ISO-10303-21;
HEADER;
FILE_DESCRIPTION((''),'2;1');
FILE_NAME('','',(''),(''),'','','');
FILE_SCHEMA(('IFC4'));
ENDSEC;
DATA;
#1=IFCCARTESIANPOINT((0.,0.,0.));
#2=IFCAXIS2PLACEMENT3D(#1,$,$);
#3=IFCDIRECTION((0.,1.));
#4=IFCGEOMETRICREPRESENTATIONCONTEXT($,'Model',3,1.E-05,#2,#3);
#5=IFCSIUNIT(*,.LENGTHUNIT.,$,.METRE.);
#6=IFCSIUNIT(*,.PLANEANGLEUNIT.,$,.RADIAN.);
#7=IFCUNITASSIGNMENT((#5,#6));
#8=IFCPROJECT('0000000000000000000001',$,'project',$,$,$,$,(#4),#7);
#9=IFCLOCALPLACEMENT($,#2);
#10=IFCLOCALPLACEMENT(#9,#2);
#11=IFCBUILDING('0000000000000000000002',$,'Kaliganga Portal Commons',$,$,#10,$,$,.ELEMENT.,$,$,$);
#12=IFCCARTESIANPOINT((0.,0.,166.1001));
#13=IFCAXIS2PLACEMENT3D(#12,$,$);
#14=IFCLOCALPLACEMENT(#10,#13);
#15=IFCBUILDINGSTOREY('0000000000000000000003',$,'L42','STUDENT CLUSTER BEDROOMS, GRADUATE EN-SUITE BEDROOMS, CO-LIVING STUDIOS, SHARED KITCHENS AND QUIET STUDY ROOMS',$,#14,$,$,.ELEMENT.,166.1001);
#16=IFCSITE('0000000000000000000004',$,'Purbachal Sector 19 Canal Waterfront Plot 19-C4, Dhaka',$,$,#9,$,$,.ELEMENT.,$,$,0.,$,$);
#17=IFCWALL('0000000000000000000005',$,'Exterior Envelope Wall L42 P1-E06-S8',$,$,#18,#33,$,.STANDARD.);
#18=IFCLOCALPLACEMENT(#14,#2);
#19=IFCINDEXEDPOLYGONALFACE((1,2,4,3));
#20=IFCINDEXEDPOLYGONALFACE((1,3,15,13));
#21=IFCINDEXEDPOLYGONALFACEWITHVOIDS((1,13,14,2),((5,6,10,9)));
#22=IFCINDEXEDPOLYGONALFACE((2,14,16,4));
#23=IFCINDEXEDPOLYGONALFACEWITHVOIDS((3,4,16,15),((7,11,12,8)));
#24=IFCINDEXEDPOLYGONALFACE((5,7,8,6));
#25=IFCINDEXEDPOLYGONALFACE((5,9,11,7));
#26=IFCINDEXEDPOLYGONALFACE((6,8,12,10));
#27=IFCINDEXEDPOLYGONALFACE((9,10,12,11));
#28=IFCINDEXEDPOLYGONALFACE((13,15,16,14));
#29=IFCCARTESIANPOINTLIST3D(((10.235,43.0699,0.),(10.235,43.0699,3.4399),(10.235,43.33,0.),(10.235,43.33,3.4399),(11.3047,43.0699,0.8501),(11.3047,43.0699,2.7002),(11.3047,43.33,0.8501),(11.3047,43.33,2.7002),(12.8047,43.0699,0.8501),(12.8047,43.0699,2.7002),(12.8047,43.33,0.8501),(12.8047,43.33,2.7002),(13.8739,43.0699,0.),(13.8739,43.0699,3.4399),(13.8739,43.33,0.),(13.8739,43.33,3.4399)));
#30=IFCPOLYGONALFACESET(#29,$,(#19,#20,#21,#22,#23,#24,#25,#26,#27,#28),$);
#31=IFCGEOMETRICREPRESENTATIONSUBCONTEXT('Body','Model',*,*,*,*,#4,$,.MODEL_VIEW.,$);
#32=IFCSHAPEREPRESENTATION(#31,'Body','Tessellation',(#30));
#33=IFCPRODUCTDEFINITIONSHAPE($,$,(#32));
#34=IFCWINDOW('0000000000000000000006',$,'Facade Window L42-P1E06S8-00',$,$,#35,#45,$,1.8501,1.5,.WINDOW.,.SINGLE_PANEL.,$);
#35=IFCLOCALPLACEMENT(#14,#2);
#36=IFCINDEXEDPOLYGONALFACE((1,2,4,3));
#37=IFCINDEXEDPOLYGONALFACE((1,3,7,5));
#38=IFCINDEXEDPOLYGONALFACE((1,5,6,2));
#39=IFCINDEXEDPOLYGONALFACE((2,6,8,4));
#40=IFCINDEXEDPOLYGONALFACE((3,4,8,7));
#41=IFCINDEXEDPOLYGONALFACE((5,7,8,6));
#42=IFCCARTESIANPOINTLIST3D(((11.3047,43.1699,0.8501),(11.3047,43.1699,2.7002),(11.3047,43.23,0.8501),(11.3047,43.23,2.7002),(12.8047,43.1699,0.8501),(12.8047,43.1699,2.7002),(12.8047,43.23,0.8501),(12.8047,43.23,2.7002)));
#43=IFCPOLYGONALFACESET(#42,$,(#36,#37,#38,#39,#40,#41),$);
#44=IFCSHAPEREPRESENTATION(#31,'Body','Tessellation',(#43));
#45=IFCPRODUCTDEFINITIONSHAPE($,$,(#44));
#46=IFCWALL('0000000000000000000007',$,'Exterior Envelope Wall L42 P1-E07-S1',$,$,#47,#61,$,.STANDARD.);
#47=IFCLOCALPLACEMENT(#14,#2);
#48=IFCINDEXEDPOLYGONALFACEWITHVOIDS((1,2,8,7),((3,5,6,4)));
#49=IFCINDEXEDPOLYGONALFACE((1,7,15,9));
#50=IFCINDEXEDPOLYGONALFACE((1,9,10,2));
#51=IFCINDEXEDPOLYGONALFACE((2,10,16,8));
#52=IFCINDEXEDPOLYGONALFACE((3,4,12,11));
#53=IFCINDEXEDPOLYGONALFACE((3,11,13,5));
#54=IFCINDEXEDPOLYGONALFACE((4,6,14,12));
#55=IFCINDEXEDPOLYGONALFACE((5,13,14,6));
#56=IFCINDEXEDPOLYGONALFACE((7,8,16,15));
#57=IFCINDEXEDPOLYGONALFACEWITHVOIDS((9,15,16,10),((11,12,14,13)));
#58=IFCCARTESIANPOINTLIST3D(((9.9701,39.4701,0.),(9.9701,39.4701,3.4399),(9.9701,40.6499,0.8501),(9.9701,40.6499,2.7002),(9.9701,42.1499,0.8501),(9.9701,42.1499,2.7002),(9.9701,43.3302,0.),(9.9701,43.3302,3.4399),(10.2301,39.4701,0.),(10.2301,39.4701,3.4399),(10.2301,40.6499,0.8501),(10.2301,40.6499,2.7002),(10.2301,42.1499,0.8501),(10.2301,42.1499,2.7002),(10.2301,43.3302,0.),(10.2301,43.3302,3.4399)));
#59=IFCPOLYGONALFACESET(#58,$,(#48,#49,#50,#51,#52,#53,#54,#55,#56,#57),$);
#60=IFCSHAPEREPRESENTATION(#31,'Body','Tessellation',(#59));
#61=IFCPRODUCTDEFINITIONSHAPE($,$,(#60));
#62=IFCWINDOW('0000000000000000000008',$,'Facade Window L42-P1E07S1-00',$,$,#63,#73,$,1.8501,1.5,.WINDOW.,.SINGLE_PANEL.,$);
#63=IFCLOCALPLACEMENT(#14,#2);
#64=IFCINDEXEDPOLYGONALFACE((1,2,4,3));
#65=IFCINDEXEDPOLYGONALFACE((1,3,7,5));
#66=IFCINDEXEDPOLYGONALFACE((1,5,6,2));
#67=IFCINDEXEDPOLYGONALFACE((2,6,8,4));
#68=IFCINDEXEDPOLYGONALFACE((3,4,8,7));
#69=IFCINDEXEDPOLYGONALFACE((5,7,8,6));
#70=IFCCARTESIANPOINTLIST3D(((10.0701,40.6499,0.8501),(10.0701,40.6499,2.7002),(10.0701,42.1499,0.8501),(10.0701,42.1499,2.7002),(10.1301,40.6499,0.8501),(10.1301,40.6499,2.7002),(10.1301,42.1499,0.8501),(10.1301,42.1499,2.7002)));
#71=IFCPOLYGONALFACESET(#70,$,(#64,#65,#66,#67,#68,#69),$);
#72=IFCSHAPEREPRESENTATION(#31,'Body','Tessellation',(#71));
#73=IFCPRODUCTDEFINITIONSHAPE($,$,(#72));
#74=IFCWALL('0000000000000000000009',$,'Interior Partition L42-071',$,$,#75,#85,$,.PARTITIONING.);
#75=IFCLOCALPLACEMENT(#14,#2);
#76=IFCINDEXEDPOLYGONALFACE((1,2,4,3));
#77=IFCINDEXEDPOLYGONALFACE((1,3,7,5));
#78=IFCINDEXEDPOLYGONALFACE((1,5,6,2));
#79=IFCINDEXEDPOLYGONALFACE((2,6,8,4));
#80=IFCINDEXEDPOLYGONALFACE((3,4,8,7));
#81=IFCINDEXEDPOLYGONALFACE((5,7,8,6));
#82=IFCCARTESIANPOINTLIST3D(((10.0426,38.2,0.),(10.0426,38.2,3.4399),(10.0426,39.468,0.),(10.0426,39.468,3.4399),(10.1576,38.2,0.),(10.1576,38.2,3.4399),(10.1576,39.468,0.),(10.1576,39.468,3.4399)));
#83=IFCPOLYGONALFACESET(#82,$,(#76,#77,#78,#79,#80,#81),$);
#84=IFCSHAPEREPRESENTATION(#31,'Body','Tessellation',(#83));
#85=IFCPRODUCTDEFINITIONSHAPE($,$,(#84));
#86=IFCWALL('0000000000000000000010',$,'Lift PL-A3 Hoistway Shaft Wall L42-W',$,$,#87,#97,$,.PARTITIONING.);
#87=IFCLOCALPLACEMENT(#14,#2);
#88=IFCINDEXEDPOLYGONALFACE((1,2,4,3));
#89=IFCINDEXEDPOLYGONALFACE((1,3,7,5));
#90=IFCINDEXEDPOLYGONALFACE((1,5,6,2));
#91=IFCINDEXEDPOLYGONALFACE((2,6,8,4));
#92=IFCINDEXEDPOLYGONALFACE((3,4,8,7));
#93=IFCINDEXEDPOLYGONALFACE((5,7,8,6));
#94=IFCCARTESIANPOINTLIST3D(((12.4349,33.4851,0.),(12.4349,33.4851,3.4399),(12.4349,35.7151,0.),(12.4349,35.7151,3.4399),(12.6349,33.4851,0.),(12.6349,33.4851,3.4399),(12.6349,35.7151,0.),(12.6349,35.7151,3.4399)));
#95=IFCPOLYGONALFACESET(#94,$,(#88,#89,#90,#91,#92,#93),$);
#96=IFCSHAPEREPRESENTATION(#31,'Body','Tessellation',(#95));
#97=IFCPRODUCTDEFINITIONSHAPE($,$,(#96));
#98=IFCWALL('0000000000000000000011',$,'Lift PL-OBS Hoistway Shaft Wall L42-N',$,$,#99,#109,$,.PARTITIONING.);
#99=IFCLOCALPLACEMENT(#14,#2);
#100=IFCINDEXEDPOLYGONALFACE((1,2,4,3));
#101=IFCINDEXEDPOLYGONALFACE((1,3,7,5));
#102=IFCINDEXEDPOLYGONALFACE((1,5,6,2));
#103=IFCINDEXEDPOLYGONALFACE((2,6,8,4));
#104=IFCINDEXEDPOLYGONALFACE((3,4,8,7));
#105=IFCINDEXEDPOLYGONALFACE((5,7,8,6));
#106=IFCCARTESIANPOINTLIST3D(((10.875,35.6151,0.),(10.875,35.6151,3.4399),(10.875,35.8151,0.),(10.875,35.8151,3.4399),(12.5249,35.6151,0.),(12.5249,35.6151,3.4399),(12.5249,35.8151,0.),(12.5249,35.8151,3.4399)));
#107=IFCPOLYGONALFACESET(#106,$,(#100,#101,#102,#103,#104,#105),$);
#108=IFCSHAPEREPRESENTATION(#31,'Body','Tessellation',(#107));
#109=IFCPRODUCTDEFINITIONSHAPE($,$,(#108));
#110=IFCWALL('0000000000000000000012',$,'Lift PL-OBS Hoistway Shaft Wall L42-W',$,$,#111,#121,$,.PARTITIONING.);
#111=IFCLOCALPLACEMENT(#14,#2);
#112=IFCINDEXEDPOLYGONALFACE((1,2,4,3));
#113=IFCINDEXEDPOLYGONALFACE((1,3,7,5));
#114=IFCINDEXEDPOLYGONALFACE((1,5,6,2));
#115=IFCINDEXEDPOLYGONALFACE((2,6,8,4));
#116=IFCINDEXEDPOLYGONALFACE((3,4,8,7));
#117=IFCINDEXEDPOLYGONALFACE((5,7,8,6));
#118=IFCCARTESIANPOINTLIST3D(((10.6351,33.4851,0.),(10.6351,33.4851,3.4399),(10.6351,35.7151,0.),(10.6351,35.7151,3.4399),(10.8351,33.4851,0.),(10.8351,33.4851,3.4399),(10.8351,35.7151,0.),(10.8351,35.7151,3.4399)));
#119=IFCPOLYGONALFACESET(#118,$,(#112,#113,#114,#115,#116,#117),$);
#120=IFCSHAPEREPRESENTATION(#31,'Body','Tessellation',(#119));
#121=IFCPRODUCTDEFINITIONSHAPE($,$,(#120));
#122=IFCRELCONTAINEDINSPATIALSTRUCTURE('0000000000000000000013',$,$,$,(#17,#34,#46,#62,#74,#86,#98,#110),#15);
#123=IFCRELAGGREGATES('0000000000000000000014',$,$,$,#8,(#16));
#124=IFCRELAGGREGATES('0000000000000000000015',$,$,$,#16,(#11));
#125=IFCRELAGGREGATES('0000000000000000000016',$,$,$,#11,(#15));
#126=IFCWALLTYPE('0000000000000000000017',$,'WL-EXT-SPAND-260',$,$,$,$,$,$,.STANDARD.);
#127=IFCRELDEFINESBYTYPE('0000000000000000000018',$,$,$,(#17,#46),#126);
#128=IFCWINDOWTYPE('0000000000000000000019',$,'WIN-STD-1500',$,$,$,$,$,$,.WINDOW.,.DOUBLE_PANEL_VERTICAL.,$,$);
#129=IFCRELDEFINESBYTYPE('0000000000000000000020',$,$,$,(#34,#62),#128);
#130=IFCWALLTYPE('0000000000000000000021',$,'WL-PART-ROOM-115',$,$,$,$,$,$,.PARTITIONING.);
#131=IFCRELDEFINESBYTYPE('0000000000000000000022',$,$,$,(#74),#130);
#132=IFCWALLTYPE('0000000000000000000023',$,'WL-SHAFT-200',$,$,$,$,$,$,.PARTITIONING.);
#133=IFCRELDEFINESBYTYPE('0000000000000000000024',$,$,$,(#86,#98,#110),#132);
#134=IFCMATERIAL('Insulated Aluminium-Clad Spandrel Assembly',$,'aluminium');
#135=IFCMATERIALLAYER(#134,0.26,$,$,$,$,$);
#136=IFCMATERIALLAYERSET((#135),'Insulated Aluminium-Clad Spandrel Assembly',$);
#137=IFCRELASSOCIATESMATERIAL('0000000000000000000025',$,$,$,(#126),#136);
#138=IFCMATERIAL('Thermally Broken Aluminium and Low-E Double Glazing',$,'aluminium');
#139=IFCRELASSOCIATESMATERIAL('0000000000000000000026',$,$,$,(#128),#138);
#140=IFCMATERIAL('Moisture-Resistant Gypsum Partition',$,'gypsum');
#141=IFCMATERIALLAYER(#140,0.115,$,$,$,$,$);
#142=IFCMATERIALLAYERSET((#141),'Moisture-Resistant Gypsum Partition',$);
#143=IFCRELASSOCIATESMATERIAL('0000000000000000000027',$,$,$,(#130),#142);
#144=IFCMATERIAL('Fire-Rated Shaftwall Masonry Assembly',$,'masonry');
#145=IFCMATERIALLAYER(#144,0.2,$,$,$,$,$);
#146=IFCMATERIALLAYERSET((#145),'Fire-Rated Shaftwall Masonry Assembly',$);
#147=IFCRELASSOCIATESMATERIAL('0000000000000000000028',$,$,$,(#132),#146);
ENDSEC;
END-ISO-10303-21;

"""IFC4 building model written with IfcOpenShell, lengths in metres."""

from ifc_helpers import new_model, si_unit, direction, frame, frame_2d, origin, place, context, subcontext, project, spatial, rectangle, extrude, material, layer, layer_set, type_object, element, fill, save


model = new_model("IFC4")

# Units and contexts
model_context = context("Model", 3, precision=1e-05, world=origin(), true_north=direction((0.0, 1.0)))
body_context = subcontext(model_context, "Body", "Model", "MODEL_VIEW")
ifc_project = project(units=[si_unit("LENGTHUNIT", "METRE"), si_unit("PLANEANGLEUNIT", "RADIAN")], contexts=[model_context])

# Site, building, storey
site_placement = place(None, origin())
site = spatial("IfcSite", under=ifc_project, at=site_placement, Name="Purbachal Sector 19 Canal Waterfront Plot 19-C4, Dhaka", CompositionType="ELEMENT", RefElevation=0.0)
building_placement = place(site_placement, origin())
building = spatial("IfcBuilding", under=site, at=building_placement, Name="Kaliganga Portal Commons", CompositionType="ELEMENT")
storey_placement = place(building_placement, frame((0.0, 0.0, 166.1001)))
storey = spatial("IfcBuildingStorey", under=building, at=storey_placement, Name="L42", Description="STUDENT CLUSTER BEDROOMS, GRADUATE EN-SUITE BEDROOMS, CO-LIVING STUDIOS, SHARED KITCHENS AND QUIET STUDY ROOMS", CompositionType="ELEMENT", Elevation=166.1001)

# Walls, openings, windows
ifc_material_1 = material(Name="Insulated Aluminium-Clad Spandrel Assembly", Category="aluminium")
ifc_layer_1 = layer(ifc_material_1, 0.26)
ifc_layer_set_1 = layer_set([ifc_layer_1], Name="Insulated Aluminium-Clad Spandrel Assembly")
wall_type_1 = type_object("IfcWallType", Name="WL-EXT-SPAND-260", PredefinedType="STANDARD", material=ifc_layer_set_1)
wall_1_placement = place(storey_placement, frame((10.2351, 43.2, 0.0), z_axis=(0.0, 0.0, 1.0), x_axis=(1.0, 0.0, 0.0)))
wall_1 = element("IfcWall", 1, at=wall_1_placement, inside=storey, type_object=wall_type_1, Name="Exterior Envelope Wall L42 P1-E06-S8", PredefinedType="STANDARD", context=body_context, shape_type="SweptSolid", body=[
    extrude(rectangle(XDim=3.6389, YDim=0.26, at=frame_2d((1.8193, 0.0))), origin(), (0.0, 0.0, 1.0), 3.4399),
])
opening_1_placement = place(wall_1_placement, frame((1.0696, 0.0, 0.8501)))
opening_1 = element("IfcOpeningElement", 2, at=opening_1_placement, cuts=wall_1, PredefinedType="OPENING", context=body_context, shape_type="SweptSolid", body=[
    extrude(rectangle(XDim=1.5, YDim=1.8501, at=frame_2d((0.75, 0.925))), frame((0.0, 0.1401, 0.0), z_axis=(0.0, -1.0, 0.0), x_axis=(1.0, 0.0, 0.0)), (0.0, 0.0, 1.0), 0.28),
])
ifc_material_2 = material(Name="Thermally Broken Aluminium and Low-E Double Glazing", Category="aluminium")
window_type = type_object("IfcWindowType", Name="WIN-STD-1500", PartitioningType="DOUBLE_PANEL_VERTICAL", PredefinedType="WINDOW", material=ifc_material_2)
window_1_placement = place(opening_1_placement, origin())
window_1 = element("IfcWindow", 3, at=window_1_placement, inside=storey, type_object=window_type, Name="Facade Window L42-P1E06S8-00", OverallHeight=1.8501, OverallWidth=1.5, PartitioningType="SINGLE_PANEL", PredefinedType="WINDOW", context=body_context, shape_type="SweptSolid", body=[
    extrude(rectangle(XDim=1.5, YDim=1.8501, at=frame_2d((0.75, 0.925))), frame((0.0, 0.03, 0.0), z_axis=(0.0, -1.0, 0.0), x_axis=(1.0, 0.0, 0.0)), (0.0, 0.0, 1.0), 0.0601),
])
fill(opening_1, window_1)
wall_2_placement = place(storey_placement, frame((10.1001, 39.47, 0.0), z_axis=(0.0, 0.0, 1.0), x_axis=(0.0, 1.0, 0.0)))
wall_2 = element("IfcWall", 4, at=wall_2_placement, inside=storey, type_object=wall_type_1, Name="Exterior Envelope Wall L42 P1-E07-S1", PredefinedType="STANDARD", context=body_context, shape_type="SweptSolid", body=[
    extrude(rectangle(XDim=3.8601, YDim=0.26, at=frame_2d((1.9302, 0.0))), origin(), (0.0, 0.0, 1.0), 3.4399),
])
opening_2_placement = place(wall_2_placement, frame((1.1799, 0.0, 0.8501)))
opening_2 = element("IfcOpeningElement", 5, at=opening_2_placement, cuts=wall_2, PredefinedType="OPENING", context=body_context, shape_type="SweptSolid", body=[
    extrude(rectangle(XDim=1.5, YDim=1.8501, at=frame_2d((0.75, 0.925))), frame((0.0, 0.1401, 0.0), z_axis=(0.0, -1.0, 0.0), x_axis=(1.0, 0.0, 0.0)), (0.0, 0.0, 1.0), 0.28),
])
window_2_placement = place(opening_2_placement, origin())
window_2 = element("IfcWindow", 6, at=window_2_placement, inside=storey, type_object=window_type, Name="Facade Window L42-P1E07S1-00", OverallHeight=1.8501, OverallWidth=1.5, PartitioningType="SINGLE_PANEL", PredefinedType="WINDOW", context=body_context, shape_type="SweptSolid", body=[
    extrude(rectangle(XDim=1.5, YDim=1.8501, at=frame_2d((0.75, 0.925))), frame((0.0, 0.03, 0.0), z_axis=(0.0, -1.0, 0.0), x_axis=(1.0, 0.0, 0.0)), (0.0, 0.0, 1.0), 0.0601),
])
fill(opening_2, window_2)

# Wall
ifc_material_3 = material(Name="Moisture-Resistant Gypsum Partition", Category="gypsum")
ifc_layer_2 = layer(ifc_material_3, 0.115)
ifc_layer_set_2 = layer_set([ifc_layer_2], Name="Moisture-Resistant Gypsum Partition")
wall_type_2 = type_object("IfcWallType", Name="WL-PART-ROOM-115", PredefinedType="PARTITIONING", material=ifc_layer_set_2)
wall_3_placement = place(storey_placement, frame((10.1001, 38.2, 0.0), z_axis=(0.0, 0.0, 1.0), x_axis=(0.0, 1.0, 0.0)))
element("IfcWall", 7, at=wall_3_placement, inside=storey, type_object=wall_type_2, Name="Interior Partition L42-071", PredefinedType="PARTITIONING", context=body_context, shape_type="SweptSolid", body=[
    extrude(rectangle(XDim=1.2681, YDim=0.115, at=frame_2d((0.634, 0.0))), origin(), (0.0, 0.0, 1.0), 3.4399),
])

# Shared definitions
ifc_material_4 = material(Name="Fire-Rated Shaftwall Masonry Assembly", Category="masonry")
ifc_layer_3 = layer(ifc_material_4, 0.2)
ifc_layer_set_3 = layer_set([ifc_layer_3], Name="Fire-Rated Shaftwall Masonry Assembly")
wall_type_3 = type_object("IfcWallType", Name="WL-SHAFT-200", PredefinedType="PARTITIONING", material=ifc_layer_set_3)

# Wall
wall_4_placement = place(storey_placement, frame((12.5349, 33.4851, 0.0), z_axis=(0.0, 0.0, 1.0), x_axis=(0.0, 1.0, 0.0)))
element("IfcWall", 8, at=wall_4_placement, inside=storey, type_object=wall_type_3, Name="Lift PL-A3 Hoistway Shaft Wall L42-W", PredefinedType="PARTITIONING", context=body_context, shape_type="SweptSolid", body=[
    extrude(rectangle(XDim=2.23, YDim=0.2, at=frame_2d((1.115, 0.0))), origin(), (0.0, 0.0, 1.0), 3.4399),
])

# Walls
wall_5_placement = place(storey_placement, frame((10.875, 35.7151, 0.0), z_axis=(0.0, 0.0, 1.0), x_axis=(1.0, 0.0, 0.0)))
element("IfcWall", 9, at=wall_5_placement, inside=storey, type_object=wall_type_3, Name="Lift PL-OBS Hoistway Shaft Wall L42-N", PredefinedType="PARTITIONING", context=body_context, shape_type="SweptSolid", body=[
    extrude(rectangle(XDim=1.6499, YDim=0.2, at=frame_2d((0.825, 0.0))), origin(), (0.0, 0.0, 1.0), 3.4399),
])
wall_6_placement = place(storey_placement, frame((10.7351, 33.4851, 0.0), z_axis=(0.0, 0.0, 1.0), x_axis=(0.0, 1.0, 0.0)))
element("IfcWall", 10, at=wall_6_placement, inside=storey, type_object=wall_type_3, Name="Lift PL-OBS Hoistway Shaft Wall L42-W", PredefinedType="PARTITIONING", context=body_context, shape_type="SweptSolid", body=[
    extrude(rectangle(XDim=2.23, YDim=0.2, at=frame_2d((1.115, 0.0))), origin(), (0.0, 0.0, 1.0), 3.4399),
])

save(model, "model.ifc")
